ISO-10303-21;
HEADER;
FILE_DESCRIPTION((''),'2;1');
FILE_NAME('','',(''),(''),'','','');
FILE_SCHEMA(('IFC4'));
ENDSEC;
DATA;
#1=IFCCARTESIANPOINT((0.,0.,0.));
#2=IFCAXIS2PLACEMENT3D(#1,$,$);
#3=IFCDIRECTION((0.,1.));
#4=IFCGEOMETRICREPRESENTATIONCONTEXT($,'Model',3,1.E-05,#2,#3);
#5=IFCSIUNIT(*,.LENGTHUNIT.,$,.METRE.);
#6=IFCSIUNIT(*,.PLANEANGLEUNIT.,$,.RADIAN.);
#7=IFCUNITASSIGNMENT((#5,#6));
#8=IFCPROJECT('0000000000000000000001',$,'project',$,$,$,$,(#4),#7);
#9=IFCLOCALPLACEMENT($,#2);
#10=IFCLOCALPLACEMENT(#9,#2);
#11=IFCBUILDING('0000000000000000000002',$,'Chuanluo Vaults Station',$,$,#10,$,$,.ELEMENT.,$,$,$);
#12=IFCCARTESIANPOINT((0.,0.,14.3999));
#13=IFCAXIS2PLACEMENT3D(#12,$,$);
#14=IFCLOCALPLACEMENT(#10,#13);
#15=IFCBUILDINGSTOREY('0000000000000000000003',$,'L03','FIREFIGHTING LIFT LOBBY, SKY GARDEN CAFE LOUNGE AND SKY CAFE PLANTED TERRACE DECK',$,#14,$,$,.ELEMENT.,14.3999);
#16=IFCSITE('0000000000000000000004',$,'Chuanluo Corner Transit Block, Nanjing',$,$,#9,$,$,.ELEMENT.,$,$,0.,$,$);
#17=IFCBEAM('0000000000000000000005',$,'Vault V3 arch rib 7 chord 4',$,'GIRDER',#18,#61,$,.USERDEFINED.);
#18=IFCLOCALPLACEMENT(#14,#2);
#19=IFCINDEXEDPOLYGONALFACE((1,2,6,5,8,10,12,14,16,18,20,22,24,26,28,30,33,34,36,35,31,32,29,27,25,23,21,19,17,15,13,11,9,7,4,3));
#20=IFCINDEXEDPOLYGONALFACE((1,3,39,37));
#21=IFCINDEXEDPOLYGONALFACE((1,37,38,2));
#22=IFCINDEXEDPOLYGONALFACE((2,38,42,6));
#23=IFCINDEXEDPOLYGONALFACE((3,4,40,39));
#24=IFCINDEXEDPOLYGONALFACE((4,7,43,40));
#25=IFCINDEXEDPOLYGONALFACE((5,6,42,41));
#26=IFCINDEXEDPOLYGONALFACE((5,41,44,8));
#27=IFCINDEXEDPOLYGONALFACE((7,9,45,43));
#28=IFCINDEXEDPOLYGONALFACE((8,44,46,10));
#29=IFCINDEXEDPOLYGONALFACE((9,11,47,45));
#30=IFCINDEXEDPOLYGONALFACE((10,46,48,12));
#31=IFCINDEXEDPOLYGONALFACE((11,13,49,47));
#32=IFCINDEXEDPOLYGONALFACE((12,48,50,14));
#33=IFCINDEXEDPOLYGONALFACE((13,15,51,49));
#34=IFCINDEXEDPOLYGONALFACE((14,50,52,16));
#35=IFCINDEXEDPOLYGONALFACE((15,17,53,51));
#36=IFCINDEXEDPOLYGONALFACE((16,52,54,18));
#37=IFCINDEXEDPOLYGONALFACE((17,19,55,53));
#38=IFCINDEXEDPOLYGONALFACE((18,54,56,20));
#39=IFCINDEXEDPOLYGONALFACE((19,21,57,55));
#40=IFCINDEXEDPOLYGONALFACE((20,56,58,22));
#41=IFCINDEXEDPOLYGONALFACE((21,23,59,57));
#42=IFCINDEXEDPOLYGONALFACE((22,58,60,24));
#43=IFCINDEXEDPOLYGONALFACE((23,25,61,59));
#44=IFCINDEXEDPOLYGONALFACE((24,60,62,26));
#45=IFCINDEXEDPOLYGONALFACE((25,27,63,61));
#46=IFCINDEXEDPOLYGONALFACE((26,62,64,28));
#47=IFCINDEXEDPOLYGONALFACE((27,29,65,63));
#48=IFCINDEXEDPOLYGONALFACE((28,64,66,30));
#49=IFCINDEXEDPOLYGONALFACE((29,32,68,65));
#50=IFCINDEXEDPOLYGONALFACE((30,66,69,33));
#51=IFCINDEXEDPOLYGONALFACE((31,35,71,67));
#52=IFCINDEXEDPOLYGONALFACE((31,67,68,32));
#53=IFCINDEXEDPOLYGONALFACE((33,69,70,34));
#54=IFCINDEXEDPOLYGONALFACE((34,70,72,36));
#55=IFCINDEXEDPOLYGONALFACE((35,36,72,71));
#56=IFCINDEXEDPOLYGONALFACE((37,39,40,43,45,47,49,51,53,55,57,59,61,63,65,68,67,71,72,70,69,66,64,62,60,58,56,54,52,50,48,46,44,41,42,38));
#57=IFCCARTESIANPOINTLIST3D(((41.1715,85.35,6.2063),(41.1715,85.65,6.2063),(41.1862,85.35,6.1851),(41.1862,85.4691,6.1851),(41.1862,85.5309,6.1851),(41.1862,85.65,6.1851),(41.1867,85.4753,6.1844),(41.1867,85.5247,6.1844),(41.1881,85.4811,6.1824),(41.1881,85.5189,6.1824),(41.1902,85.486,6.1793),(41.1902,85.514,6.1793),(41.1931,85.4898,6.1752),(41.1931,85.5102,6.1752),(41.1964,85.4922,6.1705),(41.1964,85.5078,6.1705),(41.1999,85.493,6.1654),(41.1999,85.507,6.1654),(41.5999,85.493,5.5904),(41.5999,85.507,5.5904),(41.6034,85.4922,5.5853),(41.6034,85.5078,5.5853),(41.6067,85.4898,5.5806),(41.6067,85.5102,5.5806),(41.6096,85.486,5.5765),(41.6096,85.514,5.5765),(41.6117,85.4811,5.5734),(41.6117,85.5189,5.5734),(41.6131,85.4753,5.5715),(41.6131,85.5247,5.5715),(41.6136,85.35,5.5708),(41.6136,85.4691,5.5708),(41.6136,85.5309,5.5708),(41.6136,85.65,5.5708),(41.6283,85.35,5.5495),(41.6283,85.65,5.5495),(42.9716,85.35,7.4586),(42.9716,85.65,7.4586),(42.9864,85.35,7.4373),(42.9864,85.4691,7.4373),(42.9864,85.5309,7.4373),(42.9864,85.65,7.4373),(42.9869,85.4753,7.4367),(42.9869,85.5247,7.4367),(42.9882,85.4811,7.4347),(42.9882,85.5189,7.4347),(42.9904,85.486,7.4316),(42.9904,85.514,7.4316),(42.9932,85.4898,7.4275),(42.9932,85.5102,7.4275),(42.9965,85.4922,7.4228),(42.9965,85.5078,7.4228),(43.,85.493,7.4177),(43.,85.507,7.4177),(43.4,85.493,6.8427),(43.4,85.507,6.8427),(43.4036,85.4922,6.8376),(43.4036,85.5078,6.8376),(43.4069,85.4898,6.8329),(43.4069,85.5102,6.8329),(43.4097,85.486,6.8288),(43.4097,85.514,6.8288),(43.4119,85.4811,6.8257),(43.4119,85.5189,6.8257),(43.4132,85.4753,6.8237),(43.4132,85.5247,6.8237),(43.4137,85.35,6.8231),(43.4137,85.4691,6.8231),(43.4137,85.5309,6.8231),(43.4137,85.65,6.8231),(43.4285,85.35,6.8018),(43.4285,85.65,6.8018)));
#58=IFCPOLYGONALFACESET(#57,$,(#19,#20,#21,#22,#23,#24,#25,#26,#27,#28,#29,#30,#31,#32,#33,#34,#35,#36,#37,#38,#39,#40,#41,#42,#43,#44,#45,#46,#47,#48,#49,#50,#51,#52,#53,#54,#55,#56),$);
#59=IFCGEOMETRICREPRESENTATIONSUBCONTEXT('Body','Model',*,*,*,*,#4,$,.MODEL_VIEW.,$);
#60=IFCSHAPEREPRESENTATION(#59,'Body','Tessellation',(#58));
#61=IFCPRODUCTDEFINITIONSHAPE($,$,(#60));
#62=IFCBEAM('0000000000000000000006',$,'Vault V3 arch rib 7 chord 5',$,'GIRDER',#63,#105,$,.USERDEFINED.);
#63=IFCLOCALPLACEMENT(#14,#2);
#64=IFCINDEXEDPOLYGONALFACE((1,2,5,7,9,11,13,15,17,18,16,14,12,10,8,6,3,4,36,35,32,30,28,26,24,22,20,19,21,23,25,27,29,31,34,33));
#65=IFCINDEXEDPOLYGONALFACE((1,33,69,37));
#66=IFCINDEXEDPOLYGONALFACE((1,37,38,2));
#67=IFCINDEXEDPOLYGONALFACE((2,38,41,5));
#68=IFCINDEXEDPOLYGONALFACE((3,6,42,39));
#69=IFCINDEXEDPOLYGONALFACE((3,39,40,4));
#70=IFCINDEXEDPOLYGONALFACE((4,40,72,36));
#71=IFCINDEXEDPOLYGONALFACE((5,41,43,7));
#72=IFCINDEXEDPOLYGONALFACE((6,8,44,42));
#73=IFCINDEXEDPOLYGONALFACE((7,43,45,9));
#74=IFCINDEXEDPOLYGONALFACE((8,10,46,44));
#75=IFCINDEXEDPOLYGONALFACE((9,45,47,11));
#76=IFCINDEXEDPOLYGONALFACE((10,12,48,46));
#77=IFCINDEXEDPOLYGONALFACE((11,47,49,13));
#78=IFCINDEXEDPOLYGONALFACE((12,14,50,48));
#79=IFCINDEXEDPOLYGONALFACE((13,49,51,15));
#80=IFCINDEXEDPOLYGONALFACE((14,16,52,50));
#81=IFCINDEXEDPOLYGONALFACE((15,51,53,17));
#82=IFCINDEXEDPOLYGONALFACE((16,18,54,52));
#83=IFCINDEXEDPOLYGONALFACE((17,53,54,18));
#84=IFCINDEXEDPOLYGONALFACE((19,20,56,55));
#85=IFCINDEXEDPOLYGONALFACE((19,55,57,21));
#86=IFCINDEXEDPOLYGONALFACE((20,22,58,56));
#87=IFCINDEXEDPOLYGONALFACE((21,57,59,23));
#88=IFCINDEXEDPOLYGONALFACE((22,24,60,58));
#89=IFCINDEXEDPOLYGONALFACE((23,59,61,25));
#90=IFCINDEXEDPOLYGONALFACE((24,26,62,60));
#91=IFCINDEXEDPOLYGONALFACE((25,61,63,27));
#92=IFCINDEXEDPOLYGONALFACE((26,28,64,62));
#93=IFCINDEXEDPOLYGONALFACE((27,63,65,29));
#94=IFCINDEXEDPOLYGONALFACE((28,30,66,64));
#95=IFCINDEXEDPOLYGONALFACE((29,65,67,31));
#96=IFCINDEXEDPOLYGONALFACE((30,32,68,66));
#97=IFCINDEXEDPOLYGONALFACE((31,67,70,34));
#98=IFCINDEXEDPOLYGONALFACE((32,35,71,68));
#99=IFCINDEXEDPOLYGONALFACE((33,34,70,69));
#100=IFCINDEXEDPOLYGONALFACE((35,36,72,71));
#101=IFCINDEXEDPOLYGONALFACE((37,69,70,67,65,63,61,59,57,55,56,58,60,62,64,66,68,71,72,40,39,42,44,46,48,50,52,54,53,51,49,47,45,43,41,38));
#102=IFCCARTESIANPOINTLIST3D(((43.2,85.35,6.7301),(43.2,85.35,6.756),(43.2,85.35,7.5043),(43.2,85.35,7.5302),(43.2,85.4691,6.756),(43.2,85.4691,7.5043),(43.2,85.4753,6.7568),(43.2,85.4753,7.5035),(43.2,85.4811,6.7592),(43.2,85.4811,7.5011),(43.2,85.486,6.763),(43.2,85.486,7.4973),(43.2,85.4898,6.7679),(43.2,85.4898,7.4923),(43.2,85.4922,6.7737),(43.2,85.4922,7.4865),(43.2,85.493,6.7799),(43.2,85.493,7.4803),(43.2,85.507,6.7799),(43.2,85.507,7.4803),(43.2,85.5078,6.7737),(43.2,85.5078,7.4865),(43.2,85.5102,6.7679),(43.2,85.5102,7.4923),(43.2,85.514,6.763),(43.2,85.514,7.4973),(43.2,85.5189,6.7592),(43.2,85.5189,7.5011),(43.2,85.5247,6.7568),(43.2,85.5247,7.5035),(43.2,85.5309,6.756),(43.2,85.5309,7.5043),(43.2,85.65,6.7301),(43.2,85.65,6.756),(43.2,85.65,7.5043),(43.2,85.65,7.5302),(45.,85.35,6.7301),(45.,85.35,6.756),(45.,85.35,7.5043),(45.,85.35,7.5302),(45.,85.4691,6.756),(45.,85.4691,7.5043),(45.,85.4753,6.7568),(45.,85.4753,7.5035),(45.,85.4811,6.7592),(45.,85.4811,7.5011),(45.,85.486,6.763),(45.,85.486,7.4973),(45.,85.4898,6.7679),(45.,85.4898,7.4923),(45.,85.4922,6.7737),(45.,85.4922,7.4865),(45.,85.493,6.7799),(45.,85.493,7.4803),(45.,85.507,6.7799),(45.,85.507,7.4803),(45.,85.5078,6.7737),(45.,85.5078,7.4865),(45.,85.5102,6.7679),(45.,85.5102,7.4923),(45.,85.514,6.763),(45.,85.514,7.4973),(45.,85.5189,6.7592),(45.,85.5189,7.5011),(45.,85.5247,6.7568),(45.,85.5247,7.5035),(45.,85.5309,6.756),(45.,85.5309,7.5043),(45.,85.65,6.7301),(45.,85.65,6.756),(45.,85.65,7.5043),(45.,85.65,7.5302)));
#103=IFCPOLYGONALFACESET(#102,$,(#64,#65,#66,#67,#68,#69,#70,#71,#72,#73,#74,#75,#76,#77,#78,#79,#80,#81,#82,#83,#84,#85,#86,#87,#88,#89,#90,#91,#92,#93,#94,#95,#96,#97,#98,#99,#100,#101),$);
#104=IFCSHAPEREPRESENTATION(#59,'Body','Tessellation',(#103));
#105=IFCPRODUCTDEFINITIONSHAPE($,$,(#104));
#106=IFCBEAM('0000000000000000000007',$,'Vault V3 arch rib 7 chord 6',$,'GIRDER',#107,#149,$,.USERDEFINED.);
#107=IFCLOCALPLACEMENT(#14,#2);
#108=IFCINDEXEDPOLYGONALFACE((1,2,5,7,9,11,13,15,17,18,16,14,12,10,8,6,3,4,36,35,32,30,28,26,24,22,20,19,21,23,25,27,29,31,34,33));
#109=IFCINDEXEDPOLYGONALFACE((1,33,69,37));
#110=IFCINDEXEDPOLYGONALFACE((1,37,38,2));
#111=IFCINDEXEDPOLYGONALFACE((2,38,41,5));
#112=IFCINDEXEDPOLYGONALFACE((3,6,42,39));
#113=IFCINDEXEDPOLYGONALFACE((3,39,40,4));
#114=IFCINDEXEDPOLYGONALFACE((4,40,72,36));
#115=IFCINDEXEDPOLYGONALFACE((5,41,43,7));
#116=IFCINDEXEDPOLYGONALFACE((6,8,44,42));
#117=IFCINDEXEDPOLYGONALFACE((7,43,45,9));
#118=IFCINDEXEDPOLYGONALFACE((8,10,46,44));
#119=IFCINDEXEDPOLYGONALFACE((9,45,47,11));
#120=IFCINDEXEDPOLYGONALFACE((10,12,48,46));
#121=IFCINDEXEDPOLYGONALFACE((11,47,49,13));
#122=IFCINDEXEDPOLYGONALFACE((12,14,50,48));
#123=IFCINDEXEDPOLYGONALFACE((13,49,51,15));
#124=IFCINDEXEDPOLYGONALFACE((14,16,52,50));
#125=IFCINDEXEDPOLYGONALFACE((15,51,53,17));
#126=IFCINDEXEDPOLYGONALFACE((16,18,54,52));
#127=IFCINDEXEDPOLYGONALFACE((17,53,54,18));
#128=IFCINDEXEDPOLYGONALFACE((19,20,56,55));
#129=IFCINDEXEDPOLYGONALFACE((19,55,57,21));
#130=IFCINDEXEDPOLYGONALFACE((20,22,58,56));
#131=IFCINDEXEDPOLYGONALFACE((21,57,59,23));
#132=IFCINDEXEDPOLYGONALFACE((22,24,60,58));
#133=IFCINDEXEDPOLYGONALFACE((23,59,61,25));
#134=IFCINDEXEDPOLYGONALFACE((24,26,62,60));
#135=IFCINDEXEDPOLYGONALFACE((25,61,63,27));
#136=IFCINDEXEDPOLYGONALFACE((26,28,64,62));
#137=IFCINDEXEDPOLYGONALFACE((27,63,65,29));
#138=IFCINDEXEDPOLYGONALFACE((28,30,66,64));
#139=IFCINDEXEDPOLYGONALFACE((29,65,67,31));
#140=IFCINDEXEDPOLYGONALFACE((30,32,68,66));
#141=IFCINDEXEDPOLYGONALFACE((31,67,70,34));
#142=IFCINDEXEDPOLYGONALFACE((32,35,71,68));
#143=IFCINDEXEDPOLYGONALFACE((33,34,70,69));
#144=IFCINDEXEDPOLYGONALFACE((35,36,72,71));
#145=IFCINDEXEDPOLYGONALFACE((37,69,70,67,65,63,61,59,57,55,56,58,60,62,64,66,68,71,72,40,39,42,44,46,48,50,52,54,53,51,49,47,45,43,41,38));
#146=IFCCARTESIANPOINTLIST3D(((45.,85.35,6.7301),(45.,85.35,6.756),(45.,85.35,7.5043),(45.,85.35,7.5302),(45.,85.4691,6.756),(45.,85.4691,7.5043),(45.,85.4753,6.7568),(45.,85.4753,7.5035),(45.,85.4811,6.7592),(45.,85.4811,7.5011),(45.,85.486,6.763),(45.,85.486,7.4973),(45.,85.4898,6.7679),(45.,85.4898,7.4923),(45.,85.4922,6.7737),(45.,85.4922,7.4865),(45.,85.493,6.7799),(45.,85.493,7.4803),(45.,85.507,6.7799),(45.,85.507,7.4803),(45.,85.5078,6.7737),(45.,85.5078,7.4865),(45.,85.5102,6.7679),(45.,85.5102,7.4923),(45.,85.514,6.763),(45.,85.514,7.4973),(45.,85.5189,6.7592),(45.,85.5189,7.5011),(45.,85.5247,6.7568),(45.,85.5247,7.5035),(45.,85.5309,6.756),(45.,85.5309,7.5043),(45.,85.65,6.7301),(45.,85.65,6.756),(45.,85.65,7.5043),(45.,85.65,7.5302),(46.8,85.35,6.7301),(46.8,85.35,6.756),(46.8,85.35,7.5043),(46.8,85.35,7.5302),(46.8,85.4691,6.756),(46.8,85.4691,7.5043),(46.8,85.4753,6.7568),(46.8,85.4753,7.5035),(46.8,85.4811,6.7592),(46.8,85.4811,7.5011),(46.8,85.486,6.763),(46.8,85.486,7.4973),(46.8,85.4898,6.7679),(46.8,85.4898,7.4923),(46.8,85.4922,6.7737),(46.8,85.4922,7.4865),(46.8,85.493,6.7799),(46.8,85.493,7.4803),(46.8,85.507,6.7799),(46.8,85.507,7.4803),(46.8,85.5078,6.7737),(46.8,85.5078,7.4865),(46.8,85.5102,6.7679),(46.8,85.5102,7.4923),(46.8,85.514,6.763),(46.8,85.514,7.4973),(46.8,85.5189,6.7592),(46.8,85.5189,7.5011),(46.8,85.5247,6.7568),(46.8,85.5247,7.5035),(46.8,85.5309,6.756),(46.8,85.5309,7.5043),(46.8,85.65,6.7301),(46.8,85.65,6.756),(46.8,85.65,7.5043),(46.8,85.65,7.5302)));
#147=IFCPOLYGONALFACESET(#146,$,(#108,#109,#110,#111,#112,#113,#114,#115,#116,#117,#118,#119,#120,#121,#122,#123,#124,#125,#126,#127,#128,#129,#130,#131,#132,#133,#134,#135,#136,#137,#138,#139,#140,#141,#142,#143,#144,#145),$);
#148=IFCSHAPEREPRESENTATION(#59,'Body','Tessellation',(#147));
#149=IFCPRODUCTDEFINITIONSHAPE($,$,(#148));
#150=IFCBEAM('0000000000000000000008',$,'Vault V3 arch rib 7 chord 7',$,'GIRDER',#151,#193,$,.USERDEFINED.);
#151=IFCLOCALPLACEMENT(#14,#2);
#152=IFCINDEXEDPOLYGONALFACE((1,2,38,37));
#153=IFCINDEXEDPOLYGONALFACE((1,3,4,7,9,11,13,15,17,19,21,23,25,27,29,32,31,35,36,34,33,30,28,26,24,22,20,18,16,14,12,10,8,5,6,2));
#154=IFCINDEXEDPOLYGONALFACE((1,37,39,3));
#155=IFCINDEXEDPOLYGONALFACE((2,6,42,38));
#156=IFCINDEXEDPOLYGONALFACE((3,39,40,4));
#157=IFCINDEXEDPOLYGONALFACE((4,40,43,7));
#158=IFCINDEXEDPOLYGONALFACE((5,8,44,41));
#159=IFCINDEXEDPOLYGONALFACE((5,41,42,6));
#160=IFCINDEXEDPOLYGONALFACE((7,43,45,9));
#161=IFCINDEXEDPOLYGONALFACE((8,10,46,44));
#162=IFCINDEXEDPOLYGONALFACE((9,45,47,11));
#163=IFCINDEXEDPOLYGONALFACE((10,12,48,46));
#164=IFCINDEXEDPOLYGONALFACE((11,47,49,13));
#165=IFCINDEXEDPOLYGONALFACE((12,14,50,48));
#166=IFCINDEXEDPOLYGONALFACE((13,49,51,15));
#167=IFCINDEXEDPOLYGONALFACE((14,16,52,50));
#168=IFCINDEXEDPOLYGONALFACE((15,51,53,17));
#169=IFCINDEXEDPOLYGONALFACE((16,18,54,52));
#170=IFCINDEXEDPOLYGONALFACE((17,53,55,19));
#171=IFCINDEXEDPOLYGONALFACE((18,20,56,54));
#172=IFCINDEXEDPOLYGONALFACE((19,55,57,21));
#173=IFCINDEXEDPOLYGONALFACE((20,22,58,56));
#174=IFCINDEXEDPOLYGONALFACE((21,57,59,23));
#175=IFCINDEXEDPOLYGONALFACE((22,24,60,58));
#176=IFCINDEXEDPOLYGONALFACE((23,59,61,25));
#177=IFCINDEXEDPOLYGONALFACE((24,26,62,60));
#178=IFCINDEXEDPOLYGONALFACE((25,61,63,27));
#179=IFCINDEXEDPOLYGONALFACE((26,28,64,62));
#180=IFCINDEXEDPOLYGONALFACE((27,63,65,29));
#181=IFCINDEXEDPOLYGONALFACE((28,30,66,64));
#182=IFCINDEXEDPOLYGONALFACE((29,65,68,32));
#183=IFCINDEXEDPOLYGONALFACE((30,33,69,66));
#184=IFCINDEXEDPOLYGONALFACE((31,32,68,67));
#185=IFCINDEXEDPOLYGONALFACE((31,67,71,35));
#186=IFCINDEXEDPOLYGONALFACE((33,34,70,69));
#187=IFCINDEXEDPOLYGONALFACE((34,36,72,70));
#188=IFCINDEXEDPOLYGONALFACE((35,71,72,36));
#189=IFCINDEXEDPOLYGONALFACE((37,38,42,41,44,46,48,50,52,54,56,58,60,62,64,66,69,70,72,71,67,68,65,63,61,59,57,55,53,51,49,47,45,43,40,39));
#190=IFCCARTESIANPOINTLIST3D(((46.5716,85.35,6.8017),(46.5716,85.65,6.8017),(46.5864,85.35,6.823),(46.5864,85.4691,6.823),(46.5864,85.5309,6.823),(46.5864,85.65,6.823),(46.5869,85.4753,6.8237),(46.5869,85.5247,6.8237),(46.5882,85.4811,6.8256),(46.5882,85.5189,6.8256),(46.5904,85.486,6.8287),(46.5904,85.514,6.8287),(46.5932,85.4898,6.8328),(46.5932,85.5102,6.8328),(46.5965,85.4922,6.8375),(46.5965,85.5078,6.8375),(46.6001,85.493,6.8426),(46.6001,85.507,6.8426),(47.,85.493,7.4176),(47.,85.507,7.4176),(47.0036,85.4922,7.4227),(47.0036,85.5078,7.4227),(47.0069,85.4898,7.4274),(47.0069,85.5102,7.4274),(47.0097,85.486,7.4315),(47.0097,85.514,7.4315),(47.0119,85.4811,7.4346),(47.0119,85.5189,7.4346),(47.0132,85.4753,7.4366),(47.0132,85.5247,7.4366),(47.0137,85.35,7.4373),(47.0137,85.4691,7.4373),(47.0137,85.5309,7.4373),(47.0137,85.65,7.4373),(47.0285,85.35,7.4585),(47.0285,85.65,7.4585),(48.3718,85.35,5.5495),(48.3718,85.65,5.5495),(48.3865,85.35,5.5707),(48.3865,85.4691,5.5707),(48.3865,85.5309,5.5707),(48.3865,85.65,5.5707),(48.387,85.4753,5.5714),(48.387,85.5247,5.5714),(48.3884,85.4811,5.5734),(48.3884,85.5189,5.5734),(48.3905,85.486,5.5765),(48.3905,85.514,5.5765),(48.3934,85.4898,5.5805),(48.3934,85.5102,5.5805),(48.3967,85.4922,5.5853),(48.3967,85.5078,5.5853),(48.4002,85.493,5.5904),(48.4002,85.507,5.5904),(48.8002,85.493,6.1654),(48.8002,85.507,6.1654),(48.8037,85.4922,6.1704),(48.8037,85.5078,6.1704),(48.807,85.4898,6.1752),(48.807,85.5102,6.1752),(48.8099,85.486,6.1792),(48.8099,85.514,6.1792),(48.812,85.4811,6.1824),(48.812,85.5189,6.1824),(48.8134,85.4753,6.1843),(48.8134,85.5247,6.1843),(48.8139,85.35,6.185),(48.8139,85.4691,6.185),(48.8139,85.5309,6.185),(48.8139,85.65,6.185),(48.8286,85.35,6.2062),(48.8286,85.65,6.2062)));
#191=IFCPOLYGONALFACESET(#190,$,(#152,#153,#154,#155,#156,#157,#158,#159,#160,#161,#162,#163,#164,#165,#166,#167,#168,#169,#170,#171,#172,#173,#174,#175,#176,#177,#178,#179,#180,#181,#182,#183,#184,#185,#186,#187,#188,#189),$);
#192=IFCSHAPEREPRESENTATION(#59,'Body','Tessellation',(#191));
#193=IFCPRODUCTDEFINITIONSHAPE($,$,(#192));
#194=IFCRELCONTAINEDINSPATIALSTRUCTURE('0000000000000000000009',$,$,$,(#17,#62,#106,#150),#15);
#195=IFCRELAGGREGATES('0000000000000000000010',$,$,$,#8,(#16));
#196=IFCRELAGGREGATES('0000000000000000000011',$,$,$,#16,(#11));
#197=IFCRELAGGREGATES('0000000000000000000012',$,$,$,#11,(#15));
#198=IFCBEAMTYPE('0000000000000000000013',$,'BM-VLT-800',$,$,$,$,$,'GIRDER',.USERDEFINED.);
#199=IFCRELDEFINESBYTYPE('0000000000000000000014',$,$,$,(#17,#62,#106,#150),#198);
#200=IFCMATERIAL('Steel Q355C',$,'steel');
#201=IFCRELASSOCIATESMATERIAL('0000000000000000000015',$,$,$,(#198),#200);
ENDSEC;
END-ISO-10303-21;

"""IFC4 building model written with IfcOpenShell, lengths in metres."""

from ifc_helpers import new_model, si_unit, direction, frame, origin, origin_2d, place, context, subcontext, project, spatial, i_section, extrude, material, material_profile, profile_set, type_object, element, save


model = new_model("IFC4")

# Units and contexts
model_context = context("Model", 3, precision=1e-05, world=origin(), true_north=direction((0.0, 1.0)))
body_context = subcontext(model_context, "Body", "Model", "MODEL_VIEW")
ifc_project = project(units=[si_unit("LENGTHUNIT", "METRE"), si_unit("PLANEANGLEUNIT", "RADIAN")], contexts=[model_context])

# Site, building, storey
site_placement = place(None, origin())
site = spatial("IfcSite", under=ifc_project, at=site_placement, Name="Chuanluo Corner Transit Block, Nanjing", CompositionType="ELEMENT", RefElevation=0.0)
building_placement = place(site_placement, origin())
building = spatial("IfcBuilding", under=site, at=building_placement, Name="Chuanluo Vaults Station", CompositionType="ELEMENT")
storey_placement = place(building_placement, frame((0.0, 0.0, 14.3999)))
storey = spatial("IfcBuildingStorey", under=building, at=storey_placement, Name="L03", Description="FIREFIGHTING LIFT LOBBY, SKY GARDEN CAFE LOUNGE AND SKY CAFE PLANTED TERRACE DECK", CompositionType="ELEMENT", Elevation=14.3999)

# Beams
ifc_material_1 = material(Name="Steel Q355C", Category="steel")
ifc_material_profile_1 = material_profile(ifc_material_1, i_section(OverallWidth=0.3, OverallDepth=0.8, WebThickness=0.0139, FlangeThickness=0.0259, FilletRadius=0.0239, at=origin_2d()))
ifc_profile_set_1 = profile_set([ifc_material_profile_1], Name="Steel Q355C")
beam_type = type_object("IfcBeamType", Name="BM-VLT-800", ElementType="GIRDER", PredefinedType="USERDEFINED", material=ifc_profile_set_1)
beam_1_placement = place(storey_placement, frame((41.3999, 85.5, 5.8779), z_axis=(0.820907, 0.0, 0.571061), x_axis=(0.0, 1.0, 0.0)))
element("IfcBeam", 1, at=beam_1_placement, inside=storey, type_object=beam_type, Name="Vault V3 arch rib 7 chord 4", ObjectType="GIRDER", PredefinedType="USERDEFINED", context=body_context, shape_type="SweptSolid", body=[
    extrude(i_section(OverallWidth=0.3, OverallDepth=0.8, WebThickness=0.0139, FlangeThickness=0.0259, FilletRadius=0.0239, at=origin_2d()), origin(), (0.0, 0.0, 1.0), 2.1929),
])
for number, where, z_axis, x_axis, name in (
    (2, (43.2, 85.5, 7.1301), (1.0, 0.0, 0.0), (0.0, 1.0, 0.0), "Vault V3 arch rib 7 chord 5"),
    (3, (45.0, 85.5, 7.1301), (1.0, 0.0, 0.0), (0.0, 1.0, 0.0), "Vault V3 arch rib 7 chord 6"),
):
    element("IfcBeam", number, at=place(storey_placement, frame(where, z_axis=z_axis, x_axis=x_axis)), inside=storey, type_object=beam_type, Name=name, ObjectType="GIRDER", PredefinedType="USERDEFINED", context=body_context, shape_type="SweptSolid", body=[
        extrude(i_section(OverallWidth=0.3, OverallDepth=0.8, WebThickness=0.0139, FlangeThickness=0.0259, FilletRadius=0.0239, at=origin_2d()), origin(), (0.0, 0.0, 1.0), 1.8),
    ])
beam_2_placement = place(storey_placement, frame((46.8, 85.5, 7.1301), z_axis=(0.820907, 0.0, -0.571061), x_axis=(0.0, 1.0, 0.0)))
element("IfcBeam", 4, at=beam_2_placement, inside=storey, type_object=beam_type, Name="Vault V3 arch rib 7 chord 7", ObjectType="GIRDER", PredefinedType="USERDEFINED", context=body_context, shape_type="SweptSolid", body=[
    extrude(i_section(OverallWidth=0.3, OverallDepth=0.8, WebThickness=0.0139, FlangeThickness=0.0259, FilletRadius=0.0239, at=origin_2d()), origin(), (0.0, 0.0, 1.0), 2.1929),
])

save(model, "model.ifc")
